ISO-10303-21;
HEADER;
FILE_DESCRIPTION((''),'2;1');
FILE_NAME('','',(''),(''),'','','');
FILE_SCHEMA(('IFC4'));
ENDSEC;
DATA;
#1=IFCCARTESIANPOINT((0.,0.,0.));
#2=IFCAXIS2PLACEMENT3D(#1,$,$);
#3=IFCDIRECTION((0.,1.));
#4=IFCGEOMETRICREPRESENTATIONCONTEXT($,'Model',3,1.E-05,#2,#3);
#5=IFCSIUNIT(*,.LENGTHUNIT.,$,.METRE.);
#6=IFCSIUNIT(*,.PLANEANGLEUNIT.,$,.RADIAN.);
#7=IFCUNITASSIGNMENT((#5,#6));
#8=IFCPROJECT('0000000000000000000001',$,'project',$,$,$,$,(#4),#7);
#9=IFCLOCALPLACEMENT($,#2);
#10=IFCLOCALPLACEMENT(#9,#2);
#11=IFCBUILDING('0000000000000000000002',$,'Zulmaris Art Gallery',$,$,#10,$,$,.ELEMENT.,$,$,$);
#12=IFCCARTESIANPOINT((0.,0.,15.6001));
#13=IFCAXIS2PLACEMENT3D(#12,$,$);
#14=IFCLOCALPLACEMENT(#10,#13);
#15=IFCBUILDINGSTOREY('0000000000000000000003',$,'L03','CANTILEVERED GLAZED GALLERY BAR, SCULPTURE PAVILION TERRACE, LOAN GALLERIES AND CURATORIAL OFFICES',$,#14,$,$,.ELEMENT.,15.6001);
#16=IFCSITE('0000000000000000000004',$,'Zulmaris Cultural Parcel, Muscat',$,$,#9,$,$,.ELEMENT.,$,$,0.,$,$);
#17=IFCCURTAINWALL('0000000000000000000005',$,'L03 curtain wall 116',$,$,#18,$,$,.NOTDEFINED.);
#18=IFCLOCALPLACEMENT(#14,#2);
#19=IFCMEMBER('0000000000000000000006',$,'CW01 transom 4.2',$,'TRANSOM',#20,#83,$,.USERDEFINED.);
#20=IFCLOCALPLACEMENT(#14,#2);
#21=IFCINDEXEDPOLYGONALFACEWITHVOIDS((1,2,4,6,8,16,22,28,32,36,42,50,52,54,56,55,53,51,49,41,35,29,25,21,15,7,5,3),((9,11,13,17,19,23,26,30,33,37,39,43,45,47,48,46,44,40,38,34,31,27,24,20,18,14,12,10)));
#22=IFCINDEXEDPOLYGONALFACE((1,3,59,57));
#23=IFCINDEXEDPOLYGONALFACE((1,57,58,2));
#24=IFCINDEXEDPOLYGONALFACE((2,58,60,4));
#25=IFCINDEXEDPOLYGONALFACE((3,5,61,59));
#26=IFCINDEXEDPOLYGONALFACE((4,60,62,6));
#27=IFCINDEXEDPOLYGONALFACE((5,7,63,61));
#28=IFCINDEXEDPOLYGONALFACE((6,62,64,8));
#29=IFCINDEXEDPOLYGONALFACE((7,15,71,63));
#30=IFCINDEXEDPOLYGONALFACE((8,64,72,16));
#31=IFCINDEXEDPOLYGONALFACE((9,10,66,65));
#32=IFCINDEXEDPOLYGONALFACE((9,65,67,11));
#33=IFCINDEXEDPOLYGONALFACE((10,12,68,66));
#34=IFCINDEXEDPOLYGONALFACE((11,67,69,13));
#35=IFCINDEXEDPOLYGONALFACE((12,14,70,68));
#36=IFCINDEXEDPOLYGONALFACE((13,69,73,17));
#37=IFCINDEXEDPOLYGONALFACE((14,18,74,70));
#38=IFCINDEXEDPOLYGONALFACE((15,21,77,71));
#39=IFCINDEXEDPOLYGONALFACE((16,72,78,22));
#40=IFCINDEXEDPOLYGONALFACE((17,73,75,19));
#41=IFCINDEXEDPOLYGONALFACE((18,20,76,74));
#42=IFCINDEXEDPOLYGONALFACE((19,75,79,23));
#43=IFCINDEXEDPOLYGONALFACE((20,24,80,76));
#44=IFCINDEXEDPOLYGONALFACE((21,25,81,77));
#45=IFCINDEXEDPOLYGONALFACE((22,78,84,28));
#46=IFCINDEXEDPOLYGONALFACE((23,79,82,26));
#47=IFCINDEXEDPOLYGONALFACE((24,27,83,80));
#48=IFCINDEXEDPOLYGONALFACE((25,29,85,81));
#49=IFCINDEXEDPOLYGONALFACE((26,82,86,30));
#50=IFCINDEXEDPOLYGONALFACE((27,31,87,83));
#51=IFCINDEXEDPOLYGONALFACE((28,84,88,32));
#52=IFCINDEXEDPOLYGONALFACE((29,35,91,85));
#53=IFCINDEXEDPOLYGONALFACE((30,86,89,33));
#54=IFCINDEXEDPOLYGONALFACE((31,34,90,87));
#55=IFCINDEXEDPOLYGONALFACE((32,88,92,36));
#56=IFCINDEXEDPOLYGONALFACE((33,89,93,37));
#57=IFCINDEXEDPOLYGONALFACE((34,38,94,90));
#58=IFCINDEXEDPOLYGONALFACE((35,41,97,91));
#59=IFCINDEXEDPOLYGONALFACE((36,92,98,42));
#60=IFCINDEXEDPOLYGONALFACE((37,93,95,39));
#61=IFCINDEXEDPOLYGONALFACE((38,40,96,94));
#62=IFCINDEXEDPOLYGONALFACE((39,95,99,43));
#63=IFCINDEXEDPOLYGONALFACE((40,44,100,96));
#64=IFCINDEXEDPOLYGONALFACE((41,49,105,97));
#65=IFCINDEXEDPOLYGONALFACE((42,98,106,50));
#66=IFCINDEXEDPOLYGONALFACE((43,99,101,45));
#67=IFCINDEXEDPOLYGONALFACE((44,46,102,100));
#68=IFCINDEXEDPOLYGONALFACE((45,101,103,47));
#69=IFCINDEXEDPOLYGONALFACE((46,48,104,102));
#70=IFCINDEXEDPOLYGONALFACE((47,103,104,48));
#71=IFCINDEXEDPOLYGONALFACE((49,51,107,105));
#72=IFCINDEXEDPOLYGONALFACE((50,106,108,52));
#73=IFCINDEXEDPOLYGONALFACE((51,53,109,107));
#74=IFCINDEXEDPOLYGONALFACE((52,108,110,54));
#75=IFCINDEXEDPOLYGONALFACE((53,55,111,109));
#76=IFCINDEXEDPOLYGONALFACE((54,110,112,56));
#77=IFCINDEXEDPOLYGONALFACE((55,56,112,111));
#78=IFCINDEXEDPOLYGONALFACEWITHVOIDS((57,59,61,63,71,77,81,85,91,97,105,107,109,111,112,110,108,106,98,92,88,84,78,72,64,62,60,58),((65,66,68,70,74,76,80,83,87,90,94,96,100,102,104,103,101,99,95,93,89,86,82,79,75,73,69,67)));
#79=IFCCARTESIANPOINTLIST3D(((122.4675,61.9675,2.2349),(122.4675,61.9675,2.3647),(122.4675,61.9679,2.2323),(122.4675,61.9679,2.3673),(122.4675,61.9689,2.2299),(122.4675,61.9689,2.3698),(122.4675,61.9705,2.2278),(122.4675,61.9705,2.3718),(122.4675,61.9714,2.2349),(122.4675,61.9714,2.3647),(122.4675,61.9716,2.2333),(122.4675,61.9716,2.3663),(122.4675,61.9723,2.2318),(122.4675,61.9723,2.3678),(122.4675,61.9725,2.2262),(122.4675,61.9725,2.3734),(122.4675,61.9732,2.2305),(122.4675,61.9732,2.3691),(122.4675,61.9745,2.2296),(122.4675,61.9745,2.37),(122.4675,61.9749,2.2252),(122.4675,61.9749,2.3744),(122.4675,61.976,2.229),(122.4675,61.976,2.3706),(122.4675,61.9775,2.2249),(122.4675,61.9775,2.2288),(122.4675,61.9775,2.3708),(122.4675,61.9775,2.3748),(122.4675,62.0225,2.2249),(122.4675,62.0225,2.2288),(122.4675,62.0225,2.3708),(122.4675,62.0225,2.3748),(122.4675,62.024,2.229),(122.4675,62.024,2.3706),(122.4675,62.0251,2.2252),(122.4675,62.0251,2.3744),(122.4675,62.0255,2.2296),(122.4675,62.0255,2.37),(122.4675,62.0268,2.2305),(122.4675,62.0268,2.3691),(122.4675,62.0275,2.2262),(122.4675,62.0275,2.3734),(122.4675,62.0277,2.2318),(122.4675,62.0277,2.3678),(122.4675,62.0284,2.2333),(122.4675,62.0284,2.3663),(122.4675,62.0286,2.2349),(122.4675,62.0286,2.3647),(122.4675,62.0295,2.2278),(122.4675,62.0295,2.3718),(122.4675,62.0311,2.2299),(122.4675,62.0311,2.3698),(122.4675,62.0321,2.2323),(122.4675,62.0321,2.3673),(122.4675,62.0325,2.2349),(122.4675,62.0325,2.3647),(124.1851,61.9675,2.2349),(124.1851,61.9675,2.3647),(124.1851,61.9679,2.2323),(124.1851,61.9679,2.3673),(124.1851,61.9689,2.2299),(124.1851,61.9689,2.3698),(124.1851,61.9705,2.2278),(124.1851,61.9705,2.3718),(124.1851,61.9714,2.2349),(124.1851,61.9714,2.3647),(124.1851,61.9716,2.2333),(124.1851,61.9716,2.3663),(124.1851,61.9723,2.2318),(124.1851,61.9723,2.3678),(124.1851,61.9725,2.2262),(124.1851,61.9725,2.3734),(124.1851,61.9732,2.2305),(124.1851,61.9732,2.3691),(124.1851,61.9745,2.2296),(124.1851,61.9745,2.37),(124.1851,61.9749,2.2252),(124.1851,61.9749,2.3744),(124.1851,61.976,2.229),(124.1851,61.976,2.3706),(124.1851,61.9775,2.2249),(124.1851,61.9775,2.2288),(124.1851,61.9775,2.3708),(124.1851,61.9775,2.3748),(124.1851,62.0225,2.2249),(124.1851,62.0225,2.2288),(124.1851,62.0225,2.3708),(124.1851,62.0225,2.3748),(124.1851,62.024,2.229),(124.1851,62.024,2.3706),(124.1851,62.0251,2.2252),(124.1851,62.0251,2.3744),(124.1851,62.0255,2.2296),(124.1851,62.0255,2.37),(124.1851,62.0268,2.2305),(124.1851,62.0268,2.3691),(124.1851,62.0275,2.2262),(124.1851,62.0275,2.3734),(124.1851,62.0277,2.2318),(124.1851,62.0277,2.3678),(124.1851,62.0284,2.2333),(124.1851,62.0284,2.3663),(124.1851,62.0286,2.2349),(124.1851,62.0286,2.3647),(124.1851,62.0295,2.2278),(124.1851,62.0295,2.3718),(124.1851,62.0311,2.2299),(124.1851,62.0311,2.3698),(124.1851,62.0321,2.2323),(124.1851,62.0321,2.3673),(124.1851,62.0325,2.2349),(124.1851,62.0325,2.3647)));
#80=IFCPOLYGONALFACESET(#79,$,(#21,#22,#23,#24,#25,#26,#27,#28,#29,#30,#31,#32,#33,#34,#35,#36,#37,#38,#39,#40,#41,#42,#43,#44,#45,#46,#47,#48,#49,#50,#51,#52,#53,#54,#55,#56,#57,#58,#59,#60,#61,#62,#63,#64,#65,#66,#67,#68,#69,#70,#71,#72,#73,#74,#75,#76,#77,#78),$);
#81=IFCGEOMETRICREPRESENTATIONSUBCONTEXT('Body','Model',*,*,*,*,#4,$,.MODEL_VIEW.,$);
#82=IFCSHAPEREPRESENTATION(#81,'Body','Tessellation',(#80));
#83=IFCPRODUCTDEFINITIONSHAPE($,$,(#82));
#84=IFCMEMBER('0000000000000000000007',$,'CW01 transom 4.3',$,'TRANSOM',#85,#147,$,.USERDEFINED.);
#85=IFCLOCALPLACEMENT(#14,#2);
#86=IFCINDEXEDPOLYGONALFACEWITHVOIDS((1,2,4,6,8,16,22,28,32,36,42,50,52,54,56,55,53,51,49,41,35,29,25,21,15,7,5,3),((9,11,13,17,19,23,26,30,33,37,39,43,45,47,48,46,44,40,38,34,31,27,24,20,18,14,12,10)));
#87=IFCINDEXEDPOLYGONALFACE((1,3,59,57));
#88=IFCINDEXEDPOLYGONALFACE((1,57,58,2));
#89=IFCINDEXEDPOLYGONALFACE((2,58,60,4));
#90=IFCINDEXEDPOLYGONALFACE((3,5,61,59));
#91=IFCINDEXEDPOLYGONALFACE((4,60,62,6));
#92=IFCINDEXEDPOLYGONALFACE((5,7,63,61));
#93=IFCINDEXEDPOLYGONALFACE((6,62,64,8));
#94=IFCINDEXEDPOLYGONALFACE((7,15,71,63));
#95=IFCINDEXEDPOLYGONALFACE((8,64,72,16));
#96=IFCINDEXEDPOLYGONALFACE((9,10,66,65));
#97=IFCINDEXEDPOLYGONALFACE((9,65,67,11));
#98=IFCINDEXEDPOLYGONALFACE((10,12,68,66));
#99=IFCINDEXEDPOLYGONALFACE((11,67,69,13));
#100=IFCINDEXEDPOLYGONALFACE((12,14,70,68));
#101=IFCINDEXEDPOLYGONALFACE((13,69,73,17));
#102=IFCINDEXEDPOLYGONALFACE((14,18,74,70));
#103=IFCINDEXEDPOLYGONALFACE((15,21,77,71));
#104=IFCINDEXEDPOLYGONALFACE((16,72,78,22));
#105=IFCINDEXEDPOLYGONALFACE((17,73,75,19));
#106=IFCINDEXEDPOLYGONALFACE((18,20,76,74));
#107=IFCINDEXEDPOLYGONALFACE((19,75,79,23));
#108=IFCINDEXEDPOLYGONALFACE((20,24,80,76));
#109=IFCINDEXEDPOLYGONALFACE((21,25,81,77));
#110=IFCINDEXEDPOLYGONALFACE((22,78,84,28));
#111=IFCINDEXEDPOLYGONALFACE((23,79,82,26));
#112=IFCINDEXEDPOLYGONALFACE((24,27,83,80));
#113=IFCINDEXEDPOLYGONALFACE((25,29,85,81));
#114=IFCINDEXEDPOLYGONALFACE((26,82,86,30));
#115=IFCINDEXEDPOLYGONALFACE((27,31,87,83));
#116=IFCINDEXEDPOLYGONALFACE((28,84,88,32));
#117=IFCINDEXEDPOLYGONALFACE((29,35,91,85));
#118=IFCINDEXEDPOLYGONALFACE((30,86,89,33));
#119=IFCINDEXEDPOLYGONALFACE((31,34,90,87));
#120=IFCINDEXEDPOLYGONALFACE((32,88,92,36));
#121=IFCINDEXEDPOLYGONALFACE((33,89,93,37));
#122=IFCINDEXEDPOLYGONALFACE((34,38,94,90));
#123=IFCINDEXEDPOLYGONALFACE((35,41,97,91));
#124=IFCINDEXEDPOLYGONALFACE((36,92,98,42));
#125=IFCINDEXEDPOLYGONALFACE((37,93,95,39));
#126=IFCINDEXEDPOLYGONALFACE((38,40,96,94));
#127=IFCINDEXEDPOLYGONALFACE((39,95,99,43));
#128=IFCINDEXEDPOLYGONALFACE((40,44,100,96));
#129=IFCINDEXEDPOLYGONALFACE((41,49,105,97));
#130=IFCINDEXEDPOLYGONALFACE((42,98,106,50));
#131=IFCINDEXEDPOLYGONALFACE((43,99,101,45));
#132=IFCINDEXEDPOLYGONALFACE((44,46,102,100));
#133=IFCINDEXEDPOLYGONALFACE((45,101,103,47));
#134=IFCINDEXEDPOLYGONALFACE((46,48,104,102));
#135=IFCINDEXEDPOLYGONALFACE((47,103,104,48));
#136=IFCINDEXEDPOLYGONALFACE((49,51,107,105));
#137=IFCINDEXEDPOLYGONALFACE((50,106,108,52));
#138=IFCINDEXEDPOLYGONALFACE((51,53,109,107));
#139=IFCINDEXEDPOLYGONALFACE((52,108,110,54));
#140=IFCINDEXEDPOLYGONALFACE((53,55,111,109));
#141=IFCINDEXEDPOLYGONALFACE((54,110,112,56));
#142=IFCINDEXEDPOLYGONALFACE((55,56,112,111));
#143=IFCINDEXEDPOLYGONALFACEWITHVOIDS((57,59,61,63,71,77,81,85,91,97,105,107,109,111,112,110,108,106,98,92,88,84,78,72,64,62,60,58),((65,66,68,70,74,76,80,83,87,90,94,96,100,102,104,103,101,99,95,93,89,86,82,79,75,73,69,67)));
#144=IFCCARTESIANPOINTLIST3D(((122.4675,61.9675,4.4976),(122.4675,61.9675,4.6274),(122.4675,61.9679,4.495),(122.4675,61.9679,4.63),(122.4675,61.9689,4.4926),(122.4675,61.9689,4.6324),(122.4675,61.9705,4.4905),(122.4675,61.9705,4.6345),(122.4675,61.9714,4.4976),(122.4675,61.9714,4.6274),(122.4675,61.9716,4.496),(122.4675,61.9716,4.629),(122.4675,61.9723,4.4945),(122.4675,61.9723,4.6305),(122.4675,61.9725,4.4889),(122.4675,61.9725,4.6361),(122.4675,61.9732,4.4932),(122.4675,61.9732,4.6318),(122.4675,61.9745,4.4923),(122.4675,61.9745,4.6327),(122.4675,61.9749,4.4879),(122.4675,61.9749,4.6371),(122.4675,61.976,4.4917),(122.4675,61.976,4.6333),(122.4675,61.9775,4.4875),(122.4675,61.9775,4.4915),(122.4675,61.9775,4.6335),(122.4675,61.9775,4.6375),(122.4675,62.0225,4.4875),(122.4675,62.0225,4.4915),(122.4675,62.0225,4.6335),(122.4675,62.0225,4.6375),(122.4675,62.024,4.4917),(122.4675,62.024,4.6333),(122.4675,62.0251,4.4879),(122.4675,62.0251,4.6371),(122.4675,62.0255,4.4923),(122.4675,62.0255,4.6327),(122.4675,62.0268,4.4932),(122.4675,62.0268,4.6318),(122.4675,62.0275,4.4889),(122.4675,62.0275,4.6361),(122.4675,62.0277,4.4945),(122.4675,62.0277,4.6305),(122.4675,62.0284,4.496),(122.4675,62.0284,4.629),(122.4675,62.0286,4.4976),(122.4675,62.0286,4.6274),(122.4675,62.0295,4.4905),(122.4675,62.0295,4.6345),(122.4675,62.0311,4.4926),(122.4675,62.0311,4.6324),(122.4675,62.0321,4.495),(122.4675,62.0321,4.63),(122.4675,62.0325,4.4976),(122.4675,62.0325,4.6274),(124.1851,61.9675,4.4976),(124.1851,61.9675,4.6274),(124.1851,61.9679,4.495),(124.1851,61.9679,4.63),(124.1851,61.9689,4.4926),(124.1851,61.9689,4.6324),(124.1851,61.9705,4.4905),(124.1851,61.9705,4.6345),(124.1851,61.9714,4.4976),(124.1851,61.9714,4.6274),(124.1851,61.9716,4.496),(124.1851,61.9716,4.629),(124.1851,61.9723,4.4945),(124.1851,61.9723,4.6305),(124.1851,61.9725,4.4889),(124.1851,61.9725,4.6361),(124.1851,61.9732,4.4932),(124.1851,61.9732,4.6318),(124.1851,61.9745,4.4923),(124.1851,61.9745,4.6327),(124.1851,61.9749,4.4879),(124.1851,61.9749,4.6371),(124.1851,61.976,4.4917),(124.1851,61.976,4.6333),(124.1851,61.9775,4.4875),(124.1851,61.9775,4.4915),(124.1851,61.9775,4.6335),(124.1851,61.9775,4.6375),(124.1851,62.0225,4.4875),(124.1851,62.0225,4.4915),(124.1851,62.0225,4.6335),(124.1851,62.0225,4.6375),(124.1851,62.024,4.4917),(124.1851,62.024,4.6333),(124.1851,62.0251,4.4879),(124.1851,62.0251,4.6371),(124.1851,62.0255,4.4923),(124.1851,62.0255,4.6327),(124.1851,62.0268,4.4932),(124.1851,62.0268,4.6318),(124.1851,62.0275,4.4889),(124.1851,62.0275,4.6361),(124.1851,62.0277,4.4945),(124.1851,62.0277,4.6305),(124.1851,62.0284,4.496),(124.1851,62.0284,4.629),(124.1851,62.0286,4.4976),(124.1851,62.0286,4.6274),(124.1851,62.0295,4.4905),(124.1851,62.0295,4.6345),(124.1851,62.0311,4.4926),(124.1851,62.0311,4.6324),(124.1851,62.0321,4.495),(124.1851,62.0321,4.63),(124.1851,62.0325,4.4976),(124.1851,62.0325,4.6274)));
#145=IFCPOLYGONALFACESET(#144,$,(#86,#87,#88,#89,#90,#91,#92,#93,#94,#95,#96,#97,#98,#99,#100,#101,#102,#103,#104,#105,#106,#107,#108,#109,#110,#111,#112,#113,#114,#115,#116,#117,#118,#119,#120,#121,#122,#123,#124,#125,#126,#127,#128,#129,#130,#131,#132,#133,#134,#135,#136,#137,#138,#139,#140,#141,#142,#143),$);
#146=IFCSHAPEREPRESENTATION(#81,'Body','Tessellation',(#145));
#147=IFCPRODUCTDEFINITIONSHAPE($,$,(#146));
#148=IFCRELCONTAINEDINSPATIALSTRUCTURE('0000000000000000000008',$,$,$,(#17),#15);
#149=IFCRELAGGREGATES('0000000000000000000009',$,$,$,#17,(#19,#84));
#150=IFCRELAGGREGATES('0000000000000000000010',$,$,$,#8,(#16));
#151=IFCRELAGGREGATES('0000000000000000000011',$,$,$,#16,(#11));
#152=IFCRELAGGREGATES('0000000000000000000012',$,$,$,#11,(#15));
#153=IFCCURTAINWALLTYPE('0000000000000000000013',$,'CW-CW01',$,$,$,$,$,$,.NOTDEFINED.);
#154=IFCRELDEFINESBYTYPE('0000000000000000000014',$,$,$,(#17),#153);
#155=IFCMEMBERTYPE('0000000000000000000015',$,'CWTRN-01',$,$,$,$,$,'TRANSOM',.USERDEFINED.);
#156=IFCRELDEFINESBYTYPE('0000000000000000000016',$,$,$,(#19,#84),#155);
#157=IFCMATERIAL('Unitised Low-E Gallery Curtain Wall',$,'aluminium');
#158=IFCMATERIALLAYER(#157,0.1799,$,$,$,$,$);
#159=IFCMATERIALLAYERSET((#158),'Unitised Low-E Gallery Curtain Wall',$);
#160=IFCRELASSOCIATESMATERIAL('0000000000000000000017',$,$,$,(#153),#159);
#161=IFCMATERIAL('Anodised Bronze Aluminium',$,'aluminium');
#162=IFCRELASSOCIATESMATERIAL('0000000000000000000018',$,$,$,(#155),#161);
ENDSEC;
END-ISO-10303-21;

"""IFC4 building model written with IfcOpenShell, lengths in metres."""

from ifc_helpers import new_model, si_unit, direction, frame, origin, origin_2d, place, context, subcontext, project, spatial, hollow_rectangle, extrude, material, layer, layer_set, material_profile, profile_set, type_object, element, aggregate, save


model = new_model("IFC4")

# Units and contexts
model_context = context("Model", 3, precision=1e-05, world=origin(), true_north=direction((0.0, 1.0)))
body_context = subcontext(model_context, "Body", "Model", "MODEL_VIEW")
ifc_project = project(units=[si_unit("LENGTHUNIT", "METRE"), si_unit("PLANEANGLEUNIT", "RADIAN")], contexts=[model_context])

# Site, building, storey
site_placement = place(None, origin())
site = spatial("IfcSite", under=ifc_project, at=site_placement, Name="Zulmaris Cultural Parcel, Muscat", CompositionType="ELEMENT", RefElevation=0.0)
building_placement = place(site_placement, origin())
building = spatial("IfcBuilding", under=site, at=building_placement, Name="Zulmaris Art Gallery", CompositionType="ELEMENT")
storey_placement = place(building_placement, frame((0.0, 0.0, 15.6001)))
storey = spatial("IfcBuildingStorey", under=building, at=storey_placement, Name="L03", Description="CANTILEVERED GLAZED GALLERY BAR, SCULPTURE PAVILION TERRACE, LOAN GALLERIES AND CURATORIAL OFFICES", CompositionType="ELEMENT", Elevation=15.6001)

# Curtain wall
ifc_material_1 = material(Name="Unitised Low-E Gallery Curtain Wall", Category="aluminium")
ifc_layer_1 = layer(ifc_material_1, 0.1799)
ifc_layer_set_1 = layer_set([ifc_layer_1], Name="Unitised Low-E Gallery Curtain Wall")
curtain_wall_type = type_object("IfcCurtainWallType", Name="CW-CW01", PredefinedType="NOTDEFINED", material=ifc_layer_set_1)
curtain_wall_1_placement = place(storey_placement, origin())
curtain_wall_1 = element("IfcCurtainWall", 1, at=curtain_wall_1_placement, inside=storey, type_object=curtain_wall_type, Name="L03 curtain wall 116", PredefinedType="NOTDEFINED")
ifc_material_2 = material(Name="Anodised Bronze Aluminium", Category="aluminium")

# Members
ifc_material_profile_1 = material_profile(ifc_material_2, hollow_rectangle(XDim=0.0649, YDim=0.1499, WallThickness=0.0039, InnerFilletRadius=0.0061, OuterFilletRadius=0.01, at=origin_2d()), Name="ALU 65x150x4")
ifc_profile_set_1 = profile_set([ifc_material_profile_1], Name="Anodised Bronze Aluminium")
member_type_1 = type_object("IfcMemberType", Name="CWTRN-01", ElementType="TRANSOM", PredefinedType="USERDEFINED", material=ifc_profile_set_1)
member_1_placement = place(storey_placement, frame((122.4675, 62.0, 2.2998), z_axis=(1.0, 0.0, 0.0), x_axis=(0.0, 1.0, 0.0)))
member_1 = element("IfcMember", 2, at=member_1_placement, type_object=member_type_1, Name="CW01 transom 4.2", ObjectType="TRANSOM", PredefinedType="USERDEFINED", context=body_context, shape_type="SweptSolid", body=[
    extrude(hollow_rectangle(XDim=0.0649, YDim=0.1499, WallThickness=0.0039, InnerFilletRadius=0.0061, OuterFilletRadius=0.01, at=origin_2d()), origin(), (0.0, 0.0, 1.0), 1.7175),
])
member_2_placement = place(storey_placement, frame((122.4675, 62.0, 4.5625), z_axis=(1.0, 0.0, 0.0), x_axis=(0.0, 1.0, 0.0)))
member_2 = element("IfcMember", 3, at=member_2_placement, type_object=member_type_1, Name="CW01 transom 4.3", ObjectType="TRANSOM", PredefinedType="USERDEFINED", context=body_context, shape_type="SweptSolid", body=[
    extrude(hollow_rectangle(XDim=0.0649, YDim=0.1499, WallThickness=0.0039, InnerFilletRadius=0.0061, OuterFilletRadius=0.01, at=origin_2d()), origin(), (0.0, 0.0, 1.0), 1.7175),
])

aggregate(curtain_wall_1, [member_1, member_2])

save(model, "model.ifc")
